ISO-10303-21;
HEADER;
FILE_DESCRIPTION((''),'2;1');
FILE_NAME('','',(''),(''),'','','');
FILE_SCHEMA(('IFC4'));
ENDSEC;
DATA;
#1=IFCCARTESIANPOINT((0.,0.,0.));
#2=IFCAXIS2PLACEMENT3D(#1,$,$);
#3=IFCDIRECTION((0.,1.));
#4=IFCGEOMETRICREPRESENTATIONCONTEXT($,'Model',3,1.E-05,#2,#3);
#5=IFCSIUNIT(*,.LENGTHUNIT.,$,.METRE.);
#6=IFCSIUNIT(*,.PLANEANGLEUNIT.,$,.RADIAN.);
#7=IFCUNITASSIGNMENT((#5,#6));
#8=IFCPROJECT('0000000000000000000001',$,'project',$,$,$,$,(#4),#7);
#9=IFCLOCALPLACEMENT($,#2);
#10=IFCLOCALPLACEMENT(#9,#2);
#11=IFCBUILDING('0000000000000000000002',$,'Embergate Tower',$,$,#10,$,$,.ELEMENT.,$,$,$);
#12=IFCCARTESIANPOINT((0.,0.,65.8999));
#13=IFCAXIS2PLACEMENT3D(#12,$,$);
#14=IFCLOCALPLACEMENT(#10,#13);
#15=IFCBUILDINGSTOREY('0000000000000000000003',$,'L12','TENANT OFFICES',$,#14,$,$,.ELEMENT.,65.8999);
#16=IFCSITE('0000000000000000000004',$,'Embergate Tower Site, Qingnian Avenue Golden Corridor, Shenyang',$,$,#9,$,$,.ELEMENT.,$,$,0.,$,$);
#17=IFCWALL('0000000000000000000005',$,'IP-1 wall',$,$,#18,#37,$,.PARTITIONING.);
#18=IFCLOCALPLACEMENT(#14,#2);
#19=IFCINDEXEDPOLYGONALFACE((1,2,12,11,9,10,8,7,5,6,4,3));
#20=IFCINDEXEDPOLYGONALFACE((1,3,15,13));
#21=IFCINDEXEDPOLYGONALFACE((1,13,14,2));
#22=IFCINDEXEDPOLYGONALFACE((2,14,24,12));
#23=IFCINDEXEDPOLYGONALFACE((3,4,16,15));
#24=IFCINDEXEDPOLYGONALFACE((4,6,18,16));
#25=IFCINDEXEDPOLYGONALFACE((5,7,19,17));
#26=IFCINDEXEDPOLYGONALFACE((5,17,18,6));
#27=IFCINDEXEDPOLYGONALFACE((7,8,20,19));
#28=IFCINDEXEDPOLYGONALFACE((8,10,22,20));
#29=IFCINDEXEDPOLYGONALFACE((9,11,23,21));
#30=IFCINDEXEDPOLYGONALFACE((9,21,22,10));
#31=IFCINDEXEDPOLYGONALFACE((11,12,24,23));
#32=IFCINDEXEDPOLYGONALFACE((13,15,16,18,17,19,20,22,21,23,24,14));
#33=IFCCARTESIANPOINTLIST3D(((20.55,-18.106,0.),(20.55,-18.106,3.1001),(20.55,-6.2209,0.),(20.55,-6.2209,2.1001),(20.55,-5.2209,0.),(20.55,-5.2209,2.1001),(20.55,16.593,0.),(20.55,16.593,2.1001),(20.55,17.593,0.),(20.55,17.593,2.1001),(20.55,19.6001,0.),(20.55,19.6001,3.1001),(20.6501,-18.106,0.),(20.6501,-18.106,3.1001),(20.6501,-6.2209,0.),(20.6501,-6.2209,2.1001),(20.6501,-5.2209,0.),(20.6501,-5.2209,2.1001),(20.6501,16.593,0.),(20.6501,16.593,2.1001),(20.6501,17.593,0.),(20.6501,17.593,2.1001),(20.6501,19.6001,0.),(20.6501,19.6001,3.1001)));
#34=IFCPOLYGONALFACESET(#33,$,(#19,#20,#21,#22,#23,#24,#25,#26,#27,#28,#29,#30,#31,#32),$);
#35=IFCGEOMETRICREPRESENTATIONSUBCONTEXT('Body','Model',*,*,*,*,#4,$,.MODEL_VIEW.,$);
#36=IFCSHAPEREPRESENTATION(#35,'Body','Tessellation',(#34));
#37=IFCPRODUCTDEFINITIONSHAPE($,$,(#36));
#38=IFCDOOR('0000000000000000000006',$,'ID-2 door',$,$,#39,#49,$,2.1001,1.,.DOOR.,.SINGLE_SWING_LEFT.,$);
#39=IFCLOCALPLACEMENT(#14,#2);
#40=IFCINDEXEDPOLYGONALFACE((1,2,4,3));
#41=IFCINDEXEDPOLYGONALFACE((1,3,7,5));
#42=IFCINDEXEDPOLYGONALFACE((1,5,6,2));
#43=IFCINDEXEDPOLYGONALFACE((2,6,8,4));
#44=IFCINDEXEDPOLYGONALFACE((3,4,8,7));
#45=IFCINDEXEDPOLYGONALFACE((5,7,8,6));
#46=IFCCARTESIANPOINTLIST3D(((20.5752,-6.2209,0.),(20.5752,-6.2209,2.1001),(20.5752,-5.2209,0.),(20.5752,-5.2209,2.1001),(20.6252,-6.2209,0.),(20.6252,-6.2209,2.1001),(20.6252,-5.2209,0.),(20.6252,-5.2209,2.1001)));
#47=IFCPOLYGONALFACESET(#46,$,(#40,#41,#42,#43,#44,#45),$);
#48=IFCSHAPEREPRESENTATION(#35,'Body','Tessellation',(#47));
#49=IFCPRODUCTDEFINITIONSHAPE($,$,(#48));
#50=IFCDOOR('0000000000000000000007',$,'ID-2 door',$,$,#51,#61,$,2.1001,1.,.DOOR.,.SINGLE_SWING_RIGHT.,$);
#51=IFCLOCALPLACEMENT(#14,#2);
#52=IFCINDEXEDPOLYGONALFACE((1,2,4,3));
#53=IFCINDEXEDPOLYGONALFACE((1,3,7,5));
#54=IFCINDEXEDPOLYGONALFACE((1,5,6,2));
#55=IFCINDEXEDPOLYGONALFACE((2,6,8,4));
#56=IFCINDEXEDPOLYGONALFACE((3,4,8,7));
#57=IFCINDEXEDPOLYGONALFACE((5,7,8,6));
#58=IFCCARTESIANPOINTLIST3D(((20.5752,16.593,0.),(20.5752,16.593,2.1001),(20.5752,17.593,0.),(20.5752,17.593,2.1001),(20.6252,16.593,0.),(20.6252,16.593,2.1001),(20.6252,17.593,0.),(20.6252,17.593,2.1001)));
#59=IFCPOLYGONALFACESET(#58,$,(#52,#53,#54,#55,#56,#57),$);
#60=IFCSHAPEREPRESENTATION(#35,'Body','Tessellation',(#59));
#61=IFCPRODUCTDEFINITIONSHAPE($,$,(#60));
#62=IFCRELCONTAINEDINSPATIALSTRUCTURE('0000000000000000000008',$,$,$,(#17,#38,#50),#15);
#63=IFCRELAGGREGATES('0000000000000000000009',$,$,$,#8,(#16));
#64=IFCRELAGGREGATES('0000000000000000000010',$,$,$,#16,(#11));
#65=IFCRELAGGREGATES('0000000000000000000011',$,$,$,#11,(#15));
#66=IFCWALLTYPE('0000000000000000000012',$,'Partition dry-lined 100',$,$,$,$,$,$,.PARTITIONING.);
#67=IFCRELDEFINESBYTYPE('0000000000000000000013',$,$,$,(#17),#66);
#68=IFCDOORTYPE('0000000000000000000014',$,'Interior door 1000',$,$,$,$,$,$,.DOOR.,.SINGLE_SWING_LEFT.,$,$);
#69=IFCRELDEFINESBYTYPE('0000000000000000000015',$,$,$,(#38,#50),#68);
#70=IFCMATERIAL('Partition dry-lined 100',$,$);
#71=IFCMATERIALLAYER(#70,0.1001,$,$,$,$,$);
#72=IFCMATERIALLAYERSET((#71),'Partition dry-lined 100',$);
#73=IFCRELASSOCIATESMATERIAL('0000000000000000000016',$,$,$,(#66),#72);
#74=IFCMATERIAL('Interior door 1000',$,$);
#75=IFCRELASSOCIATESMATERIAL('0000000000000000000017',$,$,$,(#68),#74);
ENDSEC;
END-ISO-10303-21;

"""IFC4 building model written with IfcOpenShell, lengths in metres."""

from ifc_helpers import new_model, si_unit, direction, frame, frame_2d, origin, place, context, subcontext, project, spatial, rectangle, extrude, source, transform, mapped, material, layer, layer_set, type_object, element, fill, save


model = new_model("IFC4")

# Units and contexts
model_context = context("Model", 3, precision=1e-05, world=origin(), true_north=direction((0.0, 1.0)))
body_context = subcontext(model_context, "Body", "Model", "MODEL_VIEW")
ifc_project = project(units=[si_unit("LENGTHUNIT", "METRE"), si_unit("PLANEANGLEUNIT", "RADIAN")], contexts=[model_context])

# Site, building, storey
site_placement = place(None, origin())
site = spatial("IfcSite", under=ifc_project, at=site_placement, Name="Embergate Tower Site, Qingnian Avenue Golden Corridor, Shenyang", CompositionType="ELEMENT", RefElevation=0.0)
building_placement = place(site_placement, origin())
building = spatial("IfcBuilding", under=site, at=building_placement, Name="Embergate Tower", CompositionType="ELEMENT")
storey_placement = place(building_placement, frame((0.0, 0.0, 65.8999)))
storey = spatial("IfcBuildingStorey", under=building, at=storey_placement, Name="L12", Description="TENANT OFFICES", CompositionType="ELEMENT", Elevation=65.8999)

# Wall, openings, doors
ifc_material_1 = material(Name="Partition dry-lined 100")
ifc_layer_1 = layer(ifc_material_1, 0.1001)
ifc_layer_set_1 = layer_set([ifc_layer_1], Name="Partition dry-lined 100")
wall_type_1 = type_object("IfcWallType", Name="Partition dry-lined 100", PredefinedType="PARTITIONING", material=ifc_layer_set_1)
shared_shape_1 = source(origin(), body_context, "Body", "SweptSolid", [
    extrude(rectangle(XDim=37.7061, YDim=0.1001, at=frame_2d((18.853, 0.0))), origin(), (0.0, 0.0, 1.0), 3.1001),
])
wall_1_placement = place(storey_placement, frame((20.6001, -18.106, 0.0), z_axis=(0.0, 0.0, 1.0), x_axis=(0.0, 1.0, 0.0)))
wall_1 = element("IfcWall", 1, at=wall_1_placement, inside=storey, type_object=wall_type_1, Name="IP-1 wall", PredefinedType="PARTITIONING", context=body_context, shape_type="MappedRepresentation", body=[
    mapped(shared_shape_1, transform((0.0, 0.0, 0.0))),
])
shared_shape_2 = source(origin(), body_context, "Body", "SweptSolid", [
    extrude(rectangle(XDim=1.0, YDim=2.1001, at=frame_2d((0.5, 1.05))), frame((0.0, 0.0601, 0.0), z_axis=(0.0, -1.0, 0.0), x_axis=(1.0, 0.0, 0.0)), (0.0, 0.0, 1.0), 0.1201),
])
opening_1_placement = place(wall_1_placement, frame((11.885, 0.0, 0.0)))
opening_1 = element("IfcOpeningElement", 2, at=opening_1_placement, cuts=wall_1, PredefinedType="OPENING", context=body_context, shape_type="MappedRepresentation", body=[
    mapped(shared_shape_2, transform((0.0, 0.0, 0.0))),
])
opening_2_placement = place(wall_1_placement, frame((34.699, 0.0, 0.0)))
opening_2 = element("IfcOpeningElement", 3, at=opening_2_placement, cuts=wall_1, PredefinedType="OPENING", context=body_context, shape_type="MappedRepresentation", body=[
    mapped(shared_shape_2, transform((0.0, 0.0, 0.0))),
])
ifc_material_2 = material(Name="Interior door 1000")
door_type = type_object("IfcDoorType", Name="Interior door 1000", OperationType="SINGLE_SWING_LEFT", PredefinedType="DOOR", material=ifc_material_2)
shared_shape_3 = source(origin(), body_context, "Body", "SweptSolid", [
    extrude(rectangle(XDim=1.0, YDim=2.1001, at=frame_2d((0.5, 1.05))), frame((0.0, 0.0249, 0.0), z_axis=(0.0, -1.0, 0.0), x_axis=(1.0, 0.0, 0.0)), (0.0, 0.0, 1.0), 0.05),
])
door_1_placement = place(opening_1_placement, origin())
door_1 = element("IfcDoor", 4, at=door_1_placement, inside=storey, type_object=door_type, Name="ID-2 door", OperationType="SINGLE_SWING_LEFT", OverallHeight=2.1001, OverallWidth=1.0, PredefinedType="DOOR", context=body_context, shape_type="MappedRepresentation", body=[
    mapped(shared_shape_3, transform((0.0, 0.0, 0.0))),
])
fill(opening_1, door_1)
door_2_placement = place(opening_2_placement, origin())
door_2 = element("IfcDoor", 5, at=door_2_placement, inside=storey, type_object=door_type, Name="ID-2 door", OperationType="SINGLE_SWING_RIGHT", OverallHeight=2.1001, OverallWidth=1.0, PredefinedType="DOOR", context=body_context, shape_type="MappedRepresentation", body=[
    mapped(shared_shape_3, transform((0.0, 0.0, 0.0))),
])
fill(opening_2, door_2)

save(model, "model.ifc")
